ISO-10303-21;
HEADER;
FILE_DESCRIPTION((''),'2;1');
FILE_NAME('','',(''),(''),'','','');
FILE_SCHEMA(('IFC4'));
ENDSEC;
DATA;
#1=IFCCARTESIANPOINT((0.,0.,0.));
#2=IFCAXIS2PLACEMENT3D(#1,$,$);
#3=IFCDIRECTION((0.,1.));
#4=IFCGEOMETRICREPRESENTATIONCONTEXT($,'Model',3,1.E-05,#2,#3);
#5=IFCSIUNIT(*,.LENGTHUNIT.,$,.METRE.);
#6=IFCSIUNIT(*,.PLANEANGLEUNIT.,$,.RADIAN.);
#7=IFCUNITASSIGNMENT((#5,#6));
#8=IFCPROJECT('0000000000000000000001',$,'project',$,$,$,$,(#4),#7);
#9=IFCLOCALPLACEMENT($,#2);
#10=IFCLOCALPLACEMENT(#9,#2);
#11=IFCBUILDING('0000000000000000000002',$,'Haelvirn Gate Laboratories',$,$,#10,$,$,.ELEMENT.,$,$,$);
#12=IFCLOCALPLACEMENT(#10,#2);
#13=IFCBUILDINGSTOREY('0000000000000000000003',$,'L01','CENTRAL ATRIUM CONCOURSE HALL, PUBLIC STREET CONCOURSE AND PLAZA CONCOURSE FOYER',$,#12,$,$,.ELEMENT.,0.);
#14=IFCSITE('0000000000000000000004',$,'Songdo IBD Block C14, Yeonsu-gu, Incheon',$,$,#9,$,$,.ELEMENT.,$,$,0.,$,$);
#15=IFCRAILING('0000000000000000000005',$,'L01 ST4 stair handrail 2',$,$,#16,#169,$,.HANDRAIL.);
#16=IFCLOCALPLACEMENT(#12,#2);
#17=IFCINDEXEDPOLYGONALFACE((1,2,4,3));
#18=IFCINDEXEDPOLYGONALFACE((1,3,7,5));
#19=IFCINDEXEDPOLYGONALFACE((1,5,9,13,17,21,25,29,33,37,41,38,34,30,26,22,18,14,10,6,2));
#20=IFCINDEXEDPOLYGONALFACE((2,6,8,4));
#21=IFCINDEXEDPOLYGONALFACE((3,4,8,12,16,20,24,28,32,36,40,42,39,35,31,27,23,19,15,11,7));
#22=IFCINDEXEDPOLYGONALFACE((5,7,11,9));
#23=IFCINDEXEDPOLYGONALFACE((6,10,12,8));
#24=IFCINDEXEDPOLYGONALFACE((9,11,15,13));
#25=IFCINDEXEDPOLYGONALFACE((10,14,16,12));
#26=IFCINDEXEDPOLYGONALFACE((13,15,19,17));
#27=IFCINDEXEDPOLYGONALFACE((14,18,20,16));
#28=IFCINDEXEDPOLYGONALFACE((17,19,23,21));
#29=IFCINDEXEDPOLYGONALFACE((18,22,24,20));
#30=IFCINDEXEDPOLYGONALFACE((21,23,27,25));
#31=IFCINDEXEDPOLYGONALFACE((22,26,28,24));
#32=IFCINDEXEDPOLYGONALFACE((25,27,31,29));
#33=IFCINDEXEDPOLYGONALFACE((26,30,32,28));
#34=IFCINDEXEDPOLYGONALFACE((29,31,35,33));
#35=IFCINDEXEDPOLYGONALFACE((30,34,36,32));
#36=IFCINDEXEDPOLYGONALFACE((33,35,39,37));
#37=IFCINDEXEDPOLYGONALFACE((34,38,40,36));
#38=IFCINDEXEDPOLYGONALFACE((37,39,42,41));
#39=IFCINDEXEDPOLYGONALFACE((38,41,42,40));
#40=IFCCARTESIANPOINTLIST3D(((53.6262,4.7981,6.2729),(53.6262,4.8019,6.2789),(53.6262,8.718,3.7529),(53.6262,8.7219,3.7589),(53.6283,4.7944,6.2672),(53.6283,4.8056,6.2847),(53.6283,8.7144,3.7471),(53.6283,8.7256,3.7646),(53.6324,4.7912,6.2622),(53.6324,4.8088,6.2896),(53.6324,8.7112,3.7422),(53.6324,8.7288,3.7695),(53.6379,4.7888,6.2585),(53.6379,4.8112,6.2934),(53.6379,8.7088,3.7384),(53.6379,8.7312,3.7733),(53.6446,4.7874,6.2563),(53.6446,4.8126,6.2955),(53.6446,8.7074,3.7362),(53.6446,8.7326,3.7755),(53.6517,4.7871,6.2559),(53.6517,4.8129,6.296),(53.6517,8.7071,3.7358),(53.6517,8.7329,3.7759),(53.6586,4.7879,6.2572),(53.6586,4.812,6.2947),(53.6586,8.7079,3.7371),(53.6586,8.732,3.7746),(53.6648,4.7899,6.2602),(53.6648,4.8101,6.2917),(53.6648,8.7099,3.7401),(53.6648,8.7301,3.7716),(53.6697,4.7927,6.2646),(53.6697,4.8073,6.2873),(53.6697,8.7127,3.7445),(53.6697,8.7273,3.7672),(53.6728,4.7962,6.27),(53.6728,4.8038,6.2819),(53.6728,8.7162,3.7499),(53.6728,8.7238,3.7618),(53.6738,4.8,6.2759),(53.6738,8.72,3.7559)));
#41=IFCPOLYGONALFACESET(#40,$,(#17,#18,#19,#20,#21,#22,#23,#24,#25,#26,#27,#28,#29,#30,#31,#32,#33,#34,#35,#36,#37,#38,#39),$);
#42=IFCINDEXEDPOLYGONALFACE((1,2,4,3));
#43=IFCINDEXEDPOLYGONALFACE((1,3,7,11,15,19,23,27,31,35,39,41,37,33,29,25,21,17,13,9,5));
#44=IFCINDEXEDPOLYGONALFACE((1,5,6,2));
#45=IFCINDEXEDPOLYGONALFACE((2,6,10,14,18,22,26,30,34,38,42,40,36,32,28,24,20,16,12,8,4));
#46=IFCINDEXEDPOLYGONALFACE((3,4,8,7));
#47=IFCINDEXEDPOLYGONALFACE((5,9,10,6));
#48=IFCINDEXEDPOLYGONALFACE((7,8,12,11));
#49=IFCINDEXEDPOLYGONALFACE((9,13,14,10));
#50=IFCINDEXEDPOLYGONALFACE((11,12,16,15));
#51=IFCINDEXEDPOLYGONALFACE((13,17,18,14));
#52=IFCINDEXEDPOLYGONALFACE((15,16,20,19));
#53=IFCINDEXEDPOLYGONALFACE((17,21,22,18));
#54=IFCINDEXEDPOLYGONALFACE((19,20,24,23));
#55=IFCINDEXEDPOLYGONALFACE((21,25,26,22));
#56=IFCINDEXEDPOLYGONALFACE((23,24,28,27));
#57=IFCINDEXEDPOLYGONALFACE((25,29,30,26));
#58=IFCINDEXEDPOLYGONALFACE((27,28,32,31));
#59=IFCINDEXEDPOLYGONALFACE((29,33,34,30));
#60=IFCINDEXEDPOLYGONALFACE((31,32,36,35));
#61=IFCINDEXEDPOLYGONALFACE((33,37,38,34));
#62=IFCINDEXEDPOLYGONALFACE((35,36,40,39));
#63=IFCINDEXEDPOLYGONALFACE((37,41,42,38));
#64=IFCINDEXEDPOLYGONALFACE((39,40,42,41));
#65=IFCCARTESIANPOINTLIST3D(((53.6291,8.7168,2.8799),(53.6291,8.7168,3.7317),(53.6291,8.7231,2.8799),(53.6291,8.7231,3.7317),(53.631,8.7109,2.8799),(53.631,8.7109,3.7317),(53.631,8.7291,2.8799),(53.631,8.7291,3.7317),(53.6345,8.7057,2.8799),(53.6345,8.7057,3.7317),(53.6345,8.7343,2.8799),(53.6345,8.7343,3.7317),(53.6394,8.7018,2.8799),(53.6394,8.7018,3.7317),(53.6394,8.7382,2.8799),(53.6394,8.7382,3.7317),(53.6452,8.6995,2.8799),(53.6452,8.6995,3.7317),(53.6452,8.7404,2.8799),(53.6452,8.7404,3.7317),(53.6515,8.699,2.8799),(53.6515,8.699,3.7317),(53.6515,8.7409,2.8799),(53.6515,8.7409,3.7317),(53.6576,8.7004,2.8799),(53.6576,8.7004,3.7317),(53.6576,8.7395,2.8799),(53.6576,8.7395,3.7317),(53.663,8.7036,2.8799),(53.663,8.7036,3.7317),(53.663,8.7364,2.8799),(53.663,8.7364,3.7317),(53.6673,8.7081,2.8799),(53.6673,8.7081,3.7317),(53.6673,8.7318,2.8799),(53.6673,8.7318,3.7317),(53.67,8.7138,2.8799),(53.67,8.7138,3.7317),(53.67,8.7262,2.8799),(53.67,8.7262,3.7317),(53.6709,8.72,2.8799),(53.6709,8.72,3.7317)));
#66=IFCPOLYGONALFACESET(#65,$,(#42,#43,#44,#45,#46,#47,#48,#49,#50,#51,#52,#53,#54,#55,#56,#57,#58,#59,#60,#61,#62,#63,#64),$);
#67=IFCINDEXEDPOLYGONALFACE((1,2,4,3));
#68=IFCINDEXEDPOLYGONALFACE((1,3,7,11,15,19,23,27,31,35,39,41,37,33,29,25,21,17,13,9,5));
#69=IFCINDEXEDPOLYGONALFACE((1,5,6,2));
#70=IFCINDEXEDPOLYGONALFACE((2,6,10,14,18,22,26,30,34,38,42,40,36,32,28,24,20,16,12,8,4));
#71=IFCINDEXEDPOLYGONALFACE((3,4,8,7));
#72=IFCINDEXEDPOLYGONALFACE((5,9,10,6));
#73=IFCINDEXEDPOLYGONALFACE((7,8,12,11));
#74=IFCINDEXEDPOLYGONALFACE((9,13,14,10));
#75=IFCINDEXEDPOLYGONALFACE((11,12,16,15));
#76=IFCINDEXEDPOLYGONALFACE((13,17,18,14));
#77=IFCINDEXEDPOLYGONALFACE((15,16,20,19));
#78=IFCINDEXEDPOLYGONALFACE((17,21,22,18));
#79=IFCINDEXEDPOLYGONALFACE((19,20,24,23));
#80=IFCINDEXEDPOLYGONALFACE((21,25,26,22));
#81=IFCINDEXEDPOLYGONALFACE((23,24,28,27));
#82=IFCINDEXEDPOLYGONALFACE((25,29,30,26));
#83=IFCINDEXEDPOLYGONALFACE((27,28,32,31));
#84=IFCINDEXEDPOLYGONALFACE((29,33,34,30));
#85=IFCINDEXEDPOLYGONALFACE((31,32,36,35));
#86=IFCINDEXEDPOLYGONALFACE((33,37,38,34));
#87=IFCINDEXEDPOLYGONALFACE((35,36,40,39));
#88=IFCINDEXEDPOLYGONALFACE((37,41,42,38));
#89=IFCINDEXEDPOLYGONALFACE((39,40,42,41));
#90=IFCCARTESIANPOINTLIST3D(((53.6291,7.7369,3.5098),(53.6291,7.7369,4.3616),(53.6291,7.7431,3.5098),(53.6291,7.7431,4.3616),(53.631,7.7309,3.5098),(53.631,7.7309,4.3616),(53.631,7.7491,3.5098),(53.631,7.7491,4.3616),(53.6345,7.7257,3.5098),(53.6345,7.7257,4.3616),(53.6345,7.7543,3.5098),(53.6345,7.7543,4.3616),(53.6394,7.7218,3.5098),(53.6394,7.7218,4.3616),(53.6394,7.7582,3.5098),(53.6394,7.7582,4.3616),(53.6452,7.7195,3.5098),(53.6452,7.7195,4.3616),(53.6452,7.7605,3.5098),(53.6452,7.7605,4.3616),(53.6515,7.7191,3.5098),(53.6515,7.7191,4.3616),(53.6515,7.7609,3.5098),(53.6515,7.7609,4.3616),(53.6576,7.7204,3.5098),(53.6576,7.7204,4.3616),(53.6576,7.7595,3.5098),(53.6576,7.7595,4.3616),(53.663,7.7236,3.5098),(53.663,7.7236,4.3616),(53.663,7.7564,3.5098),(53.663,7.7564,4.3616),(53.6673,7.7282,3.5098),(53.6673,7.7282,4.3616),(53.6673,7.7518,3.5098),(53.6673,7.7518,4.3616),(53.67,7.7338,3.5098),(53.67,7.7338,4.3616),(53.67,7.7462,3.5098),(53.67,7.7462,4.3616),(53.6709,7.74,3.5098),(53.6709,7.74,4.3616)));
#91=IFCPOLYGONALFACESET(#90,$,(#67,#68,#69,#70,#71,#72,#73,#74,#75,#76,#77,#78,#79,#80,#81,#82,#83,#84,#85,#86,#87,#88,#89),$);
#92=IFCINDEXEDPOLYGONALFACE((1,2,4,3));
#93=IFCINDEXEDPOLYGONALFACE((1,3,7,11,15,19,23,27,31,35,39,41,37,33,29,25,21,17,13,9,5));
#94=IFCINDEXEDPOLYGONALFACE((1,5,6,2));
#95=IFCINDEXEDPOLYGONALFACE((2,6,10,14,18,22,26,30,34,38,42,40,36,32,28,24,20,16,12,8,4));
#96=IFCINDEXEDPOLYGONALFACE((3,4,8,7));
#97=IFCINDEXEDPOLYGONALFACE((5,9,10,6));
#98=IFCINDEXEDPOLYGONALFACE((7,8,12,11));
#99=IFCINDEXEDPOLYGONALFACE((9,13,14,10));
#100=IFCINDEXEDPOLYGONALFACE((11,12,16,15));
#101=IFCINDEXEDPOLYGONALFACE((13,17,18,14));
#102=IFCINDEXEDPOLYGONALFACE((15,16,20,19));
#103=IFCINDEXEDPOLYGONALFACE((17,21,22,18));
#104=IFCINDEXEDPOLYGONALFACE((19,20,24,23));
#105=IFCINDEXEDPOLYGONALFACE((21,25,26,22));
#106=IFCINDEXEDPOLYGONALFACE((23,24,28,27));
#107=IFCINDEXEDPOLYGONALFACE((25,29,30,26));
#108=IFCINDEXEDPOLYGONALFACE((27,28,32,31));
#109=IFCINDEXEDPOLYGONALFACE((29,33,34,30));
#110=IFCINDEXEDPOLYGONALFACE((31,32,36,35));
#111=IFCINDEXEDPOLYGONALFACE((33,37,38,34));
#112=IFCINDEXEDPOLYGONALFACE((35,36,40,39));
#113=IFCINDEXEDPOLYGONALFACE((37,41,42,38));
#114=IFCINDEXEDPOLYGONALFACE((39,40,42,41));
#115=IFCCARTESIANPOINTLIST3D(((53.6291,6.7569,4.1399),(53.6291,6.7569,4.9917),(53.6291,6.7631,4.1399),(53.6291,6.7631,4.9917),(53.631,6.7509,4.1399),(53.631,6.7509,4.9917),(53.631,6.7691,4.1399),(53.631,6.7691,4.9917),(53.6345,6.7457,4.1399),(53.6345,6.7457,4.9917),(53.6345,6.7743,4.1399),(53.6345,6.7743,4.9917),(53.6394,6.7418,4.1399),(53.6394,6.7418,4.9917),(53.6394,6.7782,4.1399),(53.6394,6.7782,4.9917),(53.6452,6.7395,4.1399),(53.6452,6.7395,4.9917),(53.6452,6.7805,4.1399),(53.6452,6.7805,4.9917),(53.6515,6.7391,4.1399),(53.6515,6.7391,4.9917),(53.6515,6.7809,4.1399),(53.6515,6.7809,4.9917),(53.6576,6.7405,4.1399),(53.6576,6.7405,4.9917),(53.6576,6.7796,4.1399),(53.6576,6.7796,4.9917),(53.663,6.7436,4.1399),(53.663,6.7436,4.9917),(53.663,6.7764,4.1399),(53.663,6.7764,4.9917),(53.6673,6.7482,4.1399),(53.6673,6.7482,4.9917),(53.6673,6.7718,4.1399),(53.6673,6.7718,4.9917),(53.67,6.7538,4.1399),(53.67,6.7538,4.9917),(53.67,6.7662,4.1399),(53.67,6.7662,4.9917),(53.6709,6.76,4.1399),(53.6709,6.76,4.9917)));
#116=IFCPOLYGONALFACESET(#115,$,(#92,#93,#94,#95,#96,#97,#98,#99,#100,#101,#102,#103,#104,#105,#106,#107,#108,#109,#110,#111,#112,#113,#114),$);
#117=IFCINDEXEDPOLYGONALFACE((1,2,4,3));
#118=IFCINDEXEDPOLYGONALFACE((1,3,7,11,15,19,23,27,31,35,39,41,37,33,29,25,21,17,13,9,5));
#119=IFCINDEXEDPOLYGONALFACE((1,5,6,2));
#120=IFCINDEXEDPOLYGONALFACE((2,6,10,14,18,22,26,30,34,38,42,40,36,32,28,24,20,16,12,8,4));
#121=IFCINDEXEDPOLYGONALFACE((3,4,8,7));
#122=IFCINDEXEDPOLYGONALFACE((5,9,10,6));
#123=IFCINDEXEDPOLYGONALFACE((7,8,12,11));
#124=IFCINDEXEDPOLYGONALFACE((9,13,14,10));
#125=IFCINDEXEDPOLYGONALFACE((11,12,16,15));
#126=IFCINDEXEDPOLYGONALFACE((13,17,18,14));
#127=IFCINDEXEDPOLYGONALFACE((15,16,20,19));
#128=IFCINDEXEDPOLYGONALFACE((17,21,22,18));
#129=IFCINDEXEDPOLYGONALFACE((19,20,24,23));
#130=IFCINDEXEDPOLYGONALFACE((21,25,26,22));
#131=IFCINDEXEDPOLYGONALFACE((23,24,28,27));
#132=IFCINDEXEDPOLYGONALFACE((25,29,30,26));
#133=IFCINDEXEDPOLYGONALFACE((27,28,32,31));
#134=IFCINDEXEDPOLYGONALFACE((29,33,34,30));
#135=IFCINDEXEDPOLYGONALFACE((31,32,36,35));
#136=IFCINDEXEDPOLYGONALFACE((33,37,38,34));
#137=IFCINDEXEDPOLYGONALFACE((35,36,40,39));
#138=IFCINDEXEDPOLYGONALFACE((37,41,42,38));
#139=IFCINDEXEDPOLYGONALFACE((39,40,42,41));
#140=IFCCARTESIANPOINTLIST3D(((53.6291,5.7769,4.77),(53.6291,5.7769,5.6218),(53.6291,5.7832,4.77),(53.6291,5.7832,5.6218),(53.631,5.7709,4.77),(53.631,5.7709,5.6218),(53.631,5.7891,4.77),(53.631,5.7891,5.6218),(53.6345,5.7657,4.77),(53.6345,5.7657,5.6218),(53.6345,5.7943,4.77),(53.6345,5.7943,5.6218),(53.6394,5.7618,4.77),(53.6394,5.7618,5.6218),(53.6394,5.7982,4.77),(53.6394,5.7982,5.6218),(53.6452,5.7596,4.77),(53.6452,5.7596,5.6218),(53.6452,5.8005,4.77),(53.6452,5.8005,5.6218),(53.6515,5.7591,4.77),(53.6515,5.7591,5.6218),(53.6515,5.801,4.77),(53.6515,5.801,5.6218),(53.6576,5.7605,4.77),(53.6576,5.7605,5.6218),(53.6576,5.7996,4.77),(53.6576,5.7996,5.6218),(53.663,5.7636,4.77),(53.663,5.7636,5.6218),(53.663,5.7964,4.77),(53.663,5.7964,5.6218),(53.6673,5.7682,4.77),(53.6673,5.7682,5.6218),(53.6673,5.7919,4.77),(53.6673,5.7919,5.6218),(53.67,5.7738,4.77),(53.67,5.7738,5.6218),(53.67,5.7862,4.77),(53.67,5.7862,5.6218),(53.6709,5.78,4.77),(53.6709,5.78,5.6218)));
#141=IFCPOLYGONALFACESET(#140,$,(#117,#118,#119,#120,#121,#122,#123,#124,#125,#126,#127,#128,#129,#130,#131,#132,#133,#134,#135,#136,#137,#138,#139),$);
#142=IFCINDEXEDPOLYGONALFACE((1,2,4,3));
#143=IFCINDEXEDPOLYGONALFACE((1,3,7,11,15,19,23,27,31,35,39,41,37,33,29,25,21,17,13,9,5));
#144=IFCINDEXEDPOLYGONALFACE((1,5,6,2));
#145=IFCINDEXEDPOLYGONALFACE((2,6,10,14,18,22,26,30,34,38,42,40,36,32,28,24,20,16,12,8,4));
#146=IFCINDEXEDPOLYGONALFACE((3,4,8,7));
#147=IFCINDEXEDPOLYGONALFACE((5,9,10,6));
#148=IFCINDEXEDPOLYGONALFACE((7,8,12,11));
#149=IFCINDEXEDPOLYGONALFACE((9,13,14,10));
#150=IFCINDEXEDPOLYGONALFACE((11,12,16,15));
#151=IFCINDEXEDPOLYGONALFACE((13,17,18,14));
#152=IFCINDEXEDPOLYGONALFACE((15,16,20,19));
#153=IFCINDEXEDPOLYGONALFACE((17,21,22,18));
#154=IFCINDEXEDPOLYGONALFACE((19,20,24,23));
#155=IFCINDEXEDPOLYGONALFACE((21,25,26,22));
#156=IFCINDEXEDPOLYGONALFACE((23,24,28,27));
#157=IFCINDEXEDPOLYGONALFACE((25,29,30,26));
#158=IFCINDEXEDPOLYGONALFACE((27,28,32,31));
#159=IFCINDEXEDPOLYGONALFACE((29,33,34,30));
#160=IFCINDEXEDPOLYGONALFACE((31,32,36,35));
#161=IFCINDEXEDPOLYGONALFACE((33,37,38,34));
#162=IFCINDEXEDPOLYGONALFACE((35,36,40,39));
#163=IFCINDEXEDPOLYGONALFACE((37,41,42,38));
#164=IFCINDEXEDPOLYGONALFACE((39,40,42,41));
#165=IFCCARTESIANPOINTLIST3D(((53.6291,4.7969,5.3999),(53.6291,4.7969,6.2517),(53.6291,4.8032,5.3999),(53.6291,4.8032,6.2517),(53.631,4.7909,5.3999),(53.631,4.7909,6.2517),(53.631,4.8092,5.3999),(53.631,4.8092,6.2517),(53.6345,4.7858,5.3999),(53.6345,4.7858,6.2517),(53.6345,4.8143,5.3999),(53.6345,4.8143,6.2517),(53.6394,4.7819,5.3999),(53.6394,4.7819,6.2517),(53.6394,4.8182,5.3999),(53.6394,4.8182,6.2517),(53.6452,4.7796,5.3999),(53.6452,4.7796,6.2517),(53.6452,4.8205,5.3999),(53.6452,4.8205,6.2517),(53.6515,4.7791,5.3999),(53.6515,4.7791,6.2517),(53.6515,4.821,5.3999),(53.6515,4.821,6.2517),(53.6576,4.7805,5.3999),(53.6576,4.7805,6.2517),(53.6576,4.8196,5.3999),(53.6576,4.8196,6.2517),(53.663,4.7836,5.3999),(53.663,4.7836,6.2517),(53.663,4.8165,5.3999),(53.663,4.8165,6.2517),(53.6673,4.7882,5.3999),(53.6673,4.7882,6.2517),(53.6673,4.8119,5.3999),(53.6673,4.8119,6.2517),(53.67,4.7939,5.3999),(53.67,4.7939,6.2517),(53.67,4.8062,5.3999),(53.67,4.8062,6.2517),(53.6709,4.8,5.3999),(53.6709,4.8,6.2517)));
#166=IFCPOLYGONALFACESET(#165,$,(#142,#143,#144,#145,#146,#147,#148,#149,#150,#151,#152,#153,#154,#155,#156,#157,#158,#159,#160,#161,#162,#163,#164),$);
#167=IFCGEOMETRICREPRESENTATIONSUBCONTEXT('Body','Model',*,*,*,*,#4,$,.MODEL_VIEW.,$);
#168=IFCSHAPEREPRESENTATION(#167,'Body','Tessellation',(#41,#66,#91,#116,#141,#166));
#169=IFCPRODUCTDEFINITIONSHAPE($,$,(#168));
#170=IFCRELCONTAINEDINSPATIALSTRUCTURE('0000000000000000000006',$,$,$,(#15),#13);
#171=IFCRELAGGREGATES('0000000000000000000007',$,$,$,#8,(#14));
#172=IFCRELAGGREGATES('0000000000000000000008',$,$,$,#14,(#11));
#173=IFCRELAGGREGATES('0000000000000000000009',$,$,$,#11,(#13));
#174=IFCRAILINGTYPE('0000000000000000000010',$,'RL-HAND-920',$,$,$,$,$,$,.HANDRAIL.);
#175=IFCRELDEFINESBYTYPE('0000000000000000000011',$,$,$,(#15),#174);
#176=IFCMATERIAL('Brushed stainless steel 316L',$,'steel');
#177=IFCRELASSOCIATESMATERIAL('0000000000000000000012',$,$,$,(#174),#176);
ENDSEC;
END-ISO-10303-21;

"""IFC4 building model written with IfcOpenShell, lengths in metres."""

from ifc_helpers import new_model, si_unit, direction, frame, origin, origin_2d, place, context, subcontext, project, spatial, circle, extrude, source, transform, mapped, material, type_object, type_shapes, element, save


model = new_model("IFC4")

# Units and contexts
model_context = context("Model", 3, precision=1e-05, world=origin(), true_north=direction((0.0, 1.0)))
body_context = subcontext(model_context, "Body", "Model", "MODEL_VIEW")
ifc_project = project(units=[si_unit("LENGTHUNIT", "METRE"), si_unit("PLANEANGLEUNIT", "RADIAN")], contexts=[model_context])

# Site, building, storey
site_placement = place(None, origin())
site = spatial("IfcSite", under=ifc_project, at=site_placement, Name="Songdo IBD Block C14, Yeonsu-gu, Incheon", CompositionType="ELEMENT", RefElevation=0.0)
building_placement = place(site_placement, origin())
building = spatial("IfcBuilding", under=site, at=building_placement, Name="Haelvirn Gate Laboratories", CompositionType="ELEMENT")
storey_placement = place(building_placement, origin())
storey = spatial("IfcBuildingStorey", under=building, at=storey_placement, Name="L01", Description="CENTRAL ATRIUM CONCOURSE HALL, PUBLIC STREET CONCOURSE AND PLAZA CONCOURSE FOYER", CompositionType="ELEMENT", Elevation=0.0)

# Railing
ifc_material_1 = material(Name="Brushed stainless steel 316L", Category="steel")
railing_type_1 = type_object("IfcRailingType", Name="RL-HAND-920", PredefinedType="HANDRAIL", material=ifc_material_1)
shared_shape_1 = source(origin(), body_context, "Body", "SweptSolid", [
    extrude(circle(Radius=0.0239, at=origin_2d()), frame((0.0, 0.0, 0.876), z_axis=(0.0, -0.841172, 0.540768), x_axis=(1.0, 0.0, 0.0)), (0.0, 0.0, 1.0), 4.6602),
    extrude(circle(Radius=0.021, at=origin_2d()), origin(), (0.0, 0.0, 1.0), 0.8518),
    extrude(circle(Radius=0.021, at=origin_2d()), frame((0.0, -0.98, 0.6299)), (0.0, 0.0, 1.0), 0.8518),
    extrude(circle(Radius=0.021, at=origin_2d()), frame((0.0, -1.96, 1.26)), (0.0, 0.0, 1.0), 0.8518),
    extrude(circle(Radius=0.021, at=origin_2d()), frame((0.0, -2.9399, 1.8901)), (0.0, 0.0, 1.0), 0.8518),
    extrude(circle(Radius=0.021, at=origin_2d()), frame((0.0, -3.9199, 2.52)), (0.0, 0.0, 1.0), 0.8518),
])
type_shapes(railing_type_1, [shared_shape_1])
railing_1_placement = place(storey_placement, frame((53.6499, 8.72, 2.8799)))
element("IfcRailing", 1, at=railing_1_placement, inside=storey, type_object=railing_type_1, Name="L01 ST4 stair handrail 2", PredefinedType="HANDRAIL", context=body_context, shape_type="MappedRepresentation", body=[
    mapped(shared_shape_1, transform((0.0, 0.0, 0.0), scale=1.0)),
])

save(model, "model.ifc")
